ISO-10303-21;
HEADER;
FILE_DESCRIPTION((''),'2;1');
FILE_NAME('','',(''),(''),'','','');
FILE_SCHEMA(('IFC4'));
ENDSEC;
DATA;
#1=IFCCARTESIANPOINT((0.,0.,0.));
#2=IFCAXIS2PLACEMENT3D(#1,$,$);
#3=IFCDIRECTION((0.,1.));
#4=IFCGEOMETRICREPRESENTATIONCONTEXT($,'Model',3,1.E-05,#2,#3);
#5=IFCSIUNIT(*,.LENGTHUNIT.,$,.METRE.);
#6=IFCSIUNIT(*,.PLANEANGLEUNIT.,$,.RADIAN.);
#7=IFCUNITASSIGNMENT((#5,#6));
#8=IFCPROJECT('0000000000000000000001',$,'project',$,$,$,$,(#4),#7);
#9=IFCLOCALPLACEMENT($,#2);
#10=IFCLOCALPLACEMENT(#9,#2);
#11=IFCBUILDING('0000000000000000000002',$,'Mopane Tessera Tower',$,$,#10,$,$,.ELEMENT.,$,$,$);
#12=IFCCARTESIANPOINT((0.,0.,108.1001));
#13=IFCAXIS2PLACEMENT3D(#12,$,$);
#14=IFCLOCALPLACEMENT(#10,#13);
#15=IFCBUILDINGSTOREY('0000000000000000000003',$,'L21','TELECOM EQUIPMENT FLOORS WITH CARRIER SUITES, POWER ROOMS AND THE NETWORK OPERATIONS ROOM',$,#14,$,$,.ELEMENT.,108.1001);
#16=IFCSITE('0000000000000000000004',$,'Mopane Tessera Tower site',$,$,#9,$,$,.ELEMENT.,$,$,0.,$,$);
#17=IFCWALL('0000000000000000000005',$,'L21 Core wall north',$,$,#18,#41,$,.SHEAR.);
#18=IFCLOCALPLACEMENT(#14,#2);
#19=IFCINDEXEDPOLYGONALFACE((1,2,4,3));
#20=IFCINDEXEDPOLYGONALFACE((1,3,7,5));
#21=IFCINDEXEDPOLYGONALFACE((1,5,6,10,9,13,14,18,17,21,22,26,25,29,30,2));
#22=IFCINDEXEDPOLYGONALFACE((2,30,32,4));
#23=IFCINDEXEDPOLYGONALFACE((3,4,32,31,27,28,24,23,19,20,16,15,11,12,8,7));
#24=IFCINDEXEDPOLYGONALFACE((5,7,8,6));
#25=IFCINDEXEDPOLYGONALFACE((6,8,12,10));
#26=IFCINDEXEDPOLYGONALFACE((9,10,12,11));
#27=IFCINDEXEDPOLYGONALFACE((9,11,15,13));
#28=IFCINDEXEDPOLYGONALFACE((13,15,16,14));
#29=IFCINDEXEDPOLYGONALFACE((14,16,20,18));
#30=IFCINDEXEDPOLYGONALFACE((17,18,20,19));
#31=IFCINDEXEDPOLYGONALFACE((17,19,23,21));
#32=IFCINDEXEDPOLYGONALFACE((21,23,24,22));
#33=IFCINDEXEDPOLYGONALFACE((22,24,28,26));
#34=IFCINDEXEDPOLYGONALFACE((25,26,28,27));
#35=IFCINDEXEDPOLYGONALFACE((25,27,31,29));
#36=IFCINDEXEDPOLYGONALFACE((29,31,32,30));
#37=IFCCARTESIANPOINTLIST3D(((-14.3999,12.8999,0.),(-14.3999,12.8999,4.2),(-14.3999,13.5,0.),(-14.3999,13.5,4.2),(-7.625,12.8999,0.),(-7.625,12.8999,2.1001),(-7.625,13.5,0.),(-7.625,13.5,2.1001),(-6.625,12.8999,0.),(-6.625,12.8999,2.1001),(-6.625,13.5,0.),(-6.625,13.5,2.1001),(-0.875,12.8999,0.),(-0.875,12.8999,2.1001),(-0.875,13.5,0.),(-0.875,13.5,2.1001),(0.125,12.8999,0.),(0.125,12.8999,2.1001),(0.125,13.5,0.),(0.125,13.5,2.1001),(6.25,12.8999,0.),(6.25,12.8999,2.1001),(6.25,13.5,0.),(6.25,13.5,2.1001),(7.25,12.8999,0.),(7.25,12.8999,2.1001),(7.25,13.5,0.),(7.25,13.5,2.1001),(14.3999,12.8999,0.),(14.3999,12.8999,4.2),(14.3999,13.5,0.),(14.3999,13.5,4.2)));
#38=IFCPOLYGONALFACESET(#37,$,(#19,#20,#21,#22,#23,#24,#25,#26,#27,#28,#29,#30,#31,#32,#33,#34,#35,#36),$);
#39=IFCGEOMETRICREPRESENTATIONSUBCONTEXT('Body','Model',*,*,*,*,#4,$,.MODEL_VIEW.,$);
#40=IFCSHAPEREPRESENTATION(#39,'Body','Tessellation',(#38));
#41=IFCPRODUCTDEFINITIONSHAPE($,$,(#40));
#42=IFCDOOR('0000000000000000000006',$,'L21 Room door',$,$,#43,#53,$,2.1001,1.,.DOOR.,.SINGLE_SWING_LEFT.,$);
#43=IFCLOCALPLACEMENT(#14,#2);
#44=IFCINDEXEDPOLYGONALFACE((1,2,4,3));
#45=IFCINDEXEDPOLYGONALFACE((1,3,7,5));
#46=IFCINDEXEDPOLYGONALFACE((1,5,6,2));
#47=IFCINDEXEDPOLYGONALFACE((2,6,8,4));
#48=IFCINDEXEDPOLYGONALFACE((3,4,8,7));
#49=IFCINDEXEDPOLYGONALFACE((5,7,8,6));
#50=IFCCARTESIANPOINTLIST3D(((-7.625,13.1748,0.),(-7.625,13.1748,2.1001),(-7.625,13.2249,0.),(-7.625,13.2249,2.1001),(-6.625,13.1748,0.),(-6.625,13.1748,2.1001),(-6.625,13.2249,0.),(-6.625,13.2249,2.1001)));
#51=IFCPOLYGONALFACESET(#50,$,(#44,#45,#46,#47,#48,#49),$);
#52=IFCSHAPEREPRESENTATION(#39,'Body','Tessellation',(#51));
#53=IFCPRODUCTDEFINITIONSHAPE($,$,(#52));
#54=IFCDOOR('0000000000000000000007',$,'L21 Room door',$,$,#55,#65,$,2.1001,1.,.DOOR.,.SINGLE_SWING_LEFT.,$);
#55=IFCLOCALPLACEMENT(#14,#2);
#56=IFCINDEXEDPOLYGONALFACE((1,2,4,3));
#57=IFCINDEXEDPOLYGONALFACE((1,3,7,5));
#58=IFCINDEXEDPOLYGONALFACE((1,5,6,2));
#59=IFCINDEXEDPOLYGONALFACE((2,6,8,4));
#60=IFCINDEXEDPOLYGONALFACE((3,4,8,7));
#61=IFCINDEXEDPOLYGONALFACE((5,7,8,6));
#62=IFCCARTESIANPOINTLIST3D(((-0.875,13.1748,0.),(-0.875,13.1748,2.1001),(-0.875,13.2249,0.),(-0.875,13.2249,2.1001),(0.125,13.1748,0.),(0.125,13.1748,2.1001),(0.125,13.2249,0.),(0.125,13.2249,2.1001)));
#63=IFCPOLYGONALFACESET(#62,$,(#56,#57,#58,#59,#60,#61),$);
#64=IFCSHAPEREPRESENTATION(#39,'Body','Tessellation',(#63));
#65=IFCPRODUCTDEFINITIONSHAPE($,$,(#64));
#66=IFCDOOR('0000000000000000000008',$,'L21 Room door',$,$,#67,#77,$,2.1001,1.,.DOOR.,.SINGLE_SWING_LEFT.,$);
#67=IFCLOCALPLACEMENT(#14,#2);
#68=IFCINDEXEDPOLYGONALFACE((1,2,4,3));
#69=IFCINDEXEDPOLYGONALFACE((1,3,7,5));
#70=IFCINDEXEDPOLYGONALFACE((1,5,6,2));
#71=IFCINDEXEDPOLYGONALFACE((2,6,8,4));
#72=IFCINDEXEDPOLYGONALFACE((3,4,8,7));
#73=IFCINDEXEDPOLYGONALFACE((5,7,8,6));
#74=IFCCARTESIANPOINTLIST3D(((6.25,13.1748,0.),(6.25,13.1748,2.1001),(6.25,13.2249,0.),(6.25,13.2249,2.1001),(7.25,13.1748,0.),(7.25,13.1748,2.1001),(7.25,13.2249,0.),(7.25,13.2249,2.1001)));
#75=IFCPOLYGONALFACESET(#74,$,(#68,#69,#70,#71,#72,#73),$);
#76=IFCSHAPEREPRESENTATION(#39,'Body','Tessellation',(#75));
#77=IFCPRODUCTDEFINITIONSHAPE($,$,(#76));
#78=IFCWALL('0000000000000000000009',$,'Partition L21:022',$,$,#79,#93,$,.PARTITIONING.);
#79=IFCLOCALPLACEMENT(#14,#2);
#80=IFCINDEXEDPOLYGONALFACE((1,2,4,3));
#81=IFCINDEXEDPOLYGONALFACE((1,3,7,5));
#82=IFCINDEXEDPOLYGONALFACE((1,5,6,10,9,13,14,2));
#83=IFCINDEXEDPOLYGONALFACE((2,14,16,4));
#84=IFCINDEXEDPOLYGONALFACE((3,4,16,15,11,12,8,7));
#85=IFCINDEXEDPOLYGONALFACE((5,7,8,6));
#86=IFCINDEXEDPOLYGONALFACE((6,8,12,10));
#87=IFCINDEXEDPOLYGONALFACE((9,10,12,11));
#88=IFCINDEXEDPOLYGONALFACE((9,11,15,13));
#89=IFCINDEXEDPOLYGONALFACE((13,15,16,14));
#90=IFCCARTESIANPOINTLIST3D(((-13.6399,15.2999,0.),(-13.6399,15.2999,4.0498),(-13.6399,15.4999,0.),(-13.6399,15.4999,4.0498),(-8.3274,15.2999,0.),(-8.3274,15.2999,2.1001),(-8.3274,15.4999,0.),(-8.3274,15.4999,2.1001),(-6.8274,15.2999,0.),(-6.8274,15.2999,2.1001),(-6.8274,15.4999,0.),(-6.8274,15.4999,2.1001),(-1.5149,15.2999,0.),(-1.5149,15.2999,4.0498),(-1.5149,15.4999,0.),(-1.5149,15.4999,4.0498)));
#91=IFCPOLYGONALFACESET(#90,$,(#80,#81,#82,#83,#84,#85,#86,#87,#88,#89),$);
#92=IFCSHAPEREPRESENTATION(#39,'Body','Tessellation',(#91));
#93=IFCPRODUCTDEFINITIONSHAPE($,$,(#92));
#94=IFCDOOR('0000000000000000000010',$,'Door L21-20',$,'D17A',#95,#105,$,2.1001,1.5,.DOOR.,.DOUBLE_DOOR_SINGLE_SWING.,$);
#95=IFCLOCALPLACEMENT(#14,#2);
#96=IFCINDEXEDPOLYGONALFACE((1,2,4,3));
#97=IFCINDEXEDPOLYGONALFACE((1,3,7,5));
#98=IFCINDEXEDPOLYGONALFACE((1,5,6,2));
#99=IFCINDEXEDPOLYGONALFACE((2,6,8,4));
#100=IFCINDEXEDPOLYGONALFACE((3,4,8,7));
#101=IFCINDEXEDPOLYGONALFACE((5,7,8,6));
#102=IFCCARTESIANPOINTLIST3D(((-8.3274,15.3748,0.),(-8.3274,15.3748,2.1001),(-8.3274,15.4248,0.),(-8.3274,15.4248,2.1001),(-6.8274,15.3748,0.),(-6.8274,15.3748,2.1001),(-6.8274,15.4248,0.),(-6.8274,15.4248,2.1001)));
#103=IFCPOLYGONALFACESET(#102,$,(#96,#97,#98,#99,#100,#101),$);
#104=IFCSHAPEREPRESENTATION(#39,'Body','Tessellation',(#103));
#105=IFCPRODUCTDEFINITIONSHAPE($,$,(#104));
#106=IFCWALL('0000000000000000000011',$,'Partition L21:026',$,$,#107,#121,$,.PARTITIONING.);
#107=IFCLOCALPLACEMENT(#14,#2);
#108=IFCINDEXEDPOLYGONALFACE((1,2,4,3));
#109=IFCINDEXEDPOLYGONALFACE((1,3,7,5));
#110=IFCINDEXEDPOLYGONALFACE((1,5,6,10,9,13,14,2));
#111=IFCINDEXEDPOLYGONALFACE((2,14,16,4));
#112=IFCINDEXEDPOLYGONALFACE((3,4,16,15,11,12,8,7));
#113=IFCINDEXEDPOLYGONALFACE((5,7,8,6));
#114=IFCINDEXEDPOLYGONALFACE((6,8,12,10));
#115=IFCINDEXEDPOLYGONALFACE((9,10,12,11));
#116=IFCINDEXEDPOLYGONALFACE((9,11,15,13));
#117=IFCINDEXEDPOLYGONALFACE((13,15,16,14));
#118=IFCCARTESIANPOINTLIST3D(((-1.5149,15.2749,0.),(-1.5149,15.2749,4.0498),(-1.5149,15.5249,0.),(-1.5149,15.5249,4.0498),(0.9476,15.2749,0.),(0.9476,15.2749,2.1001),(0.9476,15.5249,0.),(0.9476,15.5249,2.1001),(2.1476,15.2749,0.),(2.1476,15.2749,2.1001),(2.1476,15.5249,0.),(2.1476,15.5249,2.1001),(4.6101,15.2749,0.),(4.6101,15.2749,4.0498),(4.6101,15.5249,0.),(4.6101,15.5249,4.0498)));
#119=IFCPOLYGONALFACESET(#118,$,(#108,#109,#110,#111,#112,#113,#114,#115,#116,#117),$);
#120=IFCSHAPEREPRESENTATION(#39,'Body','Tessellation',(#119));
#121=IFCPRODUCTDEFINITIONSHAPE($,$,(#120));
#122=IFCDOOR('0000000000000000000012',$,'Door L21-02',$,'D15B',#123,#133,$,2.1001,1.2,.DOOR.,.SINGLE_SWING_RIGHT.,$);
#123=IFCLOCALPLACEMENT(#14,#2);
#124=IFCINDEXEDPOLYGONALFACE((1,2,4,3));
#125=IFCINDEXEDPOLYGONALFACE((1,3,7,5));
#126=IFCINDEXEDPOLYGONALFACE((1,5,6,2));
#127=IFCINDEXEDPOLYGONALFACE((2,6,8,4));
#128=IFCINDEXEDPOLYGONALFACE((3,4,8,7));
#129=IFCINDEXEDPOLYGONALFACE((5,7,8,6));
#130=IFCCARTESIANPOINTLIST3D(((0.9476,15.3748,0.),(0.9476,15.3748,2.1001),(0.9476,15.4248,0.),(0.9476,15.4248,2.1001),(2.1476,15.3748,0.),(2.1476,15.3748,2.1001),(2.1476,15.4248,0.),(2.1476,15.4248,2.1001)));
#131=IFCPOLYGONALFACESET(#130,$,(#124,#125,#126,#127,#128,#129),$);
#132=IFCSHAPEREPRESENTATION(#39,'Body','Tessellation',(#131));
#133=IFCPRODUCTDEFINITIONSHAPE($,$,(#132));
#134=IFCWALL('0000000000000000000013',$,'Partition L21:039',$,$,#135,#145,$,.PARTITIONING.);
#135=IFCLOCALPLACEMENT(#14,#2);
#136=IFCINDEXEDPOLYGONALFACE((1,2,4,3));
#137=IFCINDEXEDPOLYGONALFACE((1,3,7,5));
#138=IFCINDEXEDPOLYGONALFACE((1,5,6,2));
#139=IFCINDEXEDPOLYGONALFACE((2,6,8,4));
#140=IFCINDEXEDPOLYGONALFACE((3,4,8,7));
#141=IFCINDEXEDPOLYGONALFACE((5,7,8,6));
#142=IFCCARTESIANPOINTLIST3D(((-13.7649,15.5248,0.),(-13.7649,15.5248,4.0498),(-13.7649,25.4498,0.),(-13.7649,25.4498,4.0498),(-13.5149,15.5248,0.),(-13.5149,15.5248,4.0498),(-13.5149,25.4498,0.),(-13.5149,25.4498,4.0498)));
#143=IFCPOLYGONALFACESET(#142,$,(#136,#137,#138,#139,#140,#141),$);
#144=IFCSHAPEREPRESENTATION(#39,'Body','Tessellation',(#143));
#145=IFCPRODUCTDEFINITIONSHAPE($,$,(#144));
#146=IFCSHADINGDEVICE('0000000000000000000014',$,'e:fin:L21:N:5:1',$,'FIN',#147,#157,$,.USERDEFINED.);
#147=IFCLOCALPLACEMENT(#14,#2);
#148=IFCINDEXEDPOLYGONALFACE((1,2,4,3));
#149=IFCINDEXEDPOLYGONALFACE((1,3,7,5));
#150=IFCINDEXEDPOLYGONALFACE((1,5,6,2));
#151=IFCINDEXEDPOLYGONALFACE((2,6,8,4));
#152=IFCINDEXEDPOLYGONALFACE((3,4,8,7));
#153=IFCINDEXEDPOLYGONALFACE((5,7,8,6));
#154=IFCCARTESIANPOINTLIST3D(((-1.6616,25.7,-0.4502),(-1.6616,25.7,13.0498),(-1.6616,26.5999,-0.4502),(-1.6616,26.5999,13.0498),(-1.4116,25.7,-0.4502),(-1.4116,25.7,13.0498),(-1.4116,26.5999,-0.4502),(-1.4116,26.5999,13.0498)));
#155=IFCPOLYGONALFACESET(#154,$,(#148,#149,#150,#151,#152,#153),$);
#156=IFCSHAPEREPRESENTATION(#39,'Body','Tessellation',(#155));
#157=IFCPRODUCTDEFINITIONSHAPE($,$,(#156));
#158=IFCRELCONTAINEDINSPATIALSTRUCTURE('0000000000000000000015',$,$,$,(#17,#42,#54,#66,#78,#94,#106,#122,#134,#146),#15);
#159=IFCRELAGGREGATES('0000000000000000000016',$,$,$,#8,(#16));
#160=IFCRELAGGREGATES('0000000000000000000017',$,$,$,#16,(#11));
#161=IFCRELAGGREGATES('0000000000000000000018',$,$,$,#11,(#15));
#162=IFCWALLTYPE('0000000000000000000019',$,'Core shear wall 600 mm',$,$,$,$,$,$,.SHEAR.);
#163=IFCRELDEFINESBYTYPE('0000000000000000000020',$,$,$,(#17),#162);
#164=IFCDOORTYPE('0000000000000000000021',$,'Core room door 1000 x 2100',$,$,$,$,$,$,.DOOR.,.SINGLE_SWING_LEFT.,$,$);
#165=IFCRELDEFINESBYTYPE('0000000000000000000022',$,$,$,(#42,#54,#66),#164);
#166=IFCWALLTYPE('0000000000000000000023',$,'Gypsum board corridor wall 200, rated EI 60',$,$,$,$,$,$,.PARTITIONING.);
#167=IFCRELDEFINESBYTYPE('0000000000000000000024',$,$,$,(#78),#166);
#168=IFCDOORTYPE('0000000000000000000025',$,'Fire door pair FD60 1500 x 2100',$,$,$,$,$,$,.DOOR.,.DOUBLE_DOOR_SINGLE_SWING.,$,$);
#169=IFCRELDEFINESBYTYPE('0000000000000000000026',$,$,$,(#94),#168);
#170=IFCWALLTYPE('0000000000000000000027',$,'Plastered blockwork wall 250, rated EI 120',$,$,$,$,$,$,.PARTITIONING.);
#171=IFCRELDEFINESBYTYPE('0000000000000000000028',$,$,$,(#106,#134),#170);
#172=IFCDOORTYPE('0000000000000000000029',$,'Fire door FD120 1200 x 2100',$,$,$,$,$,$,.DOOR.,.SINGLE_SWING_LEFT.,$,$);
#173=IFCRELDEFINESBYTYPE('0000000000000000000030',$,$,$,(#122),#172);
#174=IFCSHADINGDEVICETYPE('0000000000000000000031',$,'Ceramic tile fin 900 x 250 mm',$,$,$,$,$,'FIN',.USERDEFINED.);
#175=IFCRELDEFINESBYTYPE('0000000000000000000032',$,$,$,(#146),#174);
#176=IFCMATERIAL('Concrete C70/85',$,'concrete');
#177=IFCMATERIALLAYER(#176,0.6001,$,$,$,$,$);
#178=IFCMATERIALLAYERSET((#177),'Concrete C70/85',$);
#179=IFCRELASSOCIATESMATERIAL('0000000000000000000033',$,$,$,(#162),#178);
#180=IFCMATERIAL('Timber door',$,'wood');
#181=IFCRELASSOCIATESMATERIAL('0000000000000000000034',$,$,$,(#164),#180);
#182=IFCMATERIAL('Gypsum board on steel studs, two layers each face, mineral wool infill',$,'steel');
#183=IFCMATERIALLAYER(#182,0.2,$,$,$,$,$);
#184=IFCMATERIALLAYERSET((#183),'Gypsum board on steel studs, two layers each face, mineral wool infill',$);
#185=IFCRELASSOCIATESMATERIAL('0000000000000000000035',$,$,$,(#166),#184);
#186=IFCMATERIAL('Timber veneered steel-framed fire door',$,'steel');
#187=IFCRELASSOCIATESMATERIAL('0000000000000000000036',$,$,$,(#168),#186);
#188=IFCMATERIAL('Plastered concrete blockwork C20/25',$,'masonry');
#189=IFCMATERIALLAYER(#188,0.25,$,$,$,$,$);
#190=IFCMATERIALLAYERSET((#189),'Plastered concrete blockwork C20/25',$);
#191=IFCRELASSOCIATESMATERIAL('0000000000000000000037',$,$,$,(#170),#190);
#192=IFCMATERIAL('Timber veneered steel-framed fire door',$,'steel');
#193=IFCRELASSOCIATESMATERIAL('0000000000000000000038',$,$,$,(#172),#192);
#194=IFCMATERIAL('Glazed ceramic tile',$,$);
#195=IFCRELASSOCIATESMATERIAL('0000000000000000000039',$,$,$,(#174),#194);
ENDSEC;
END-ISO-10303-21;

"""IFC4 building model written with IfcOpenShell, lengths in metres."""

from ifc_helpers import new_model, si_unit, direction, frame, frame_2d, origin, origin_2d, place, context, subcontext, project, spatial, rectangle, extrude, material, layer, layer_set, type_object, element, fill, save


model = new_model("IFC4")

# Units and contexts
model_context = context("Model", 3, precision=1e-05, world=origin(), true_north=direction((0.0, 1.0)))
body_context = subcontext(model_context, "Body", "Model", "MODEL_VIEW")
ifc_project = project(units=[si_unit("LENGTHUNIT", "METRE"), si_unit("PLANEANGLEUNIT", "RADIAN")], contexts=[model_context])

# Site, building, storey
site_placement = place(None, origin())
site = spatial("IfcSite", under=ifc_project, at=site_placement, Name="Mopane Tessera Tower site", CompositionType="ELEMENT", RefElevation=0.0)
building_placement = place(site_placement, origin())
building = spatial("IfcBuilding", under=site, at=building_placement, Name="Mopane Tessera Tower", CompositionType="ELEMENT")
storey_placement = place(building_placement, frame((0.0, 0.0, 108.1001)))
storey = spatial("IfcBuildingStorey", under=building, at=storey_placement, Name="L21", Description="TELECOM EQUIPMENT FLOORS WITH CARRIER SUITES, POWER ROOMS AND THE NETWORK OPERATIONS ROOM", CompositionType="ELEMENT", Elevation=108.1001)

# Wall, openings, doors
ifc_material_1 = material(Name="Concrete C70/85", Category="concrete")
ifc_layer_1 = layer(ifc_material_1, 0.6001)
ifc_layer_set_1 = layer_set([ifc_layer_1], Name="Concrete C70/85")
wall_type_1 = type_object("IfcWallType", Name="Core shear wall 600 mm", PredefinedType="SHEAR", material=ifc_layer_set_1)
wall_1_placement = place(storey_placement, frame((-14.3999, 13.2, 0.0), z_axis=(0.0, 0.0, 1.0), x_axis=(1.0, 0.0, 0.0)))
wall_1 = element("IfcWall", 1, at=wall_1_placement, inside=storey, type_object=wall_type_1, Name="L21 Core wall north", PredefinedType="SHEAR", context=body_context, shape_type="SweptSolid", body=[
    extrude(rectangle(XDim=28.7998, YDim=0.6001, at=frame_2d((14.3999, 0.0))), origin(), (0.0, 0.0, 1.0), 4.2),
])
opening_1_placement = place(wall_1_placement, frame((6.7749, 0.0, 0.0)))
opening_1 = element("IfcOpeningElement", 2, at=opening_1_placement, cuts=wall_1, PredefinedType="OPENING", context=body_context, shape_type="SweptSolid", body=[
    extrude(rectangle(XDim=1.0, YDim=2.1001, at=frame_2d((0.5, 1.05))), frame((0.0, 0.312, 0.0), z_axis=(0.0, -1.0, 0.0), x_axis=(1.0, 0.0, 0.0)), (0.0, 0.0, 1.0), 0.624),
])
opening_2_placement = place(wall_1_placement, frame((13.5249, 0.0, 0.0)))
opening_2 = element("IfcOpeningElement", 3, at=opening_2_placement, cuts=wall_1, PredefinedType="OPENING", context=body_context, shape_type="SweptSolid", body=[
    extrude(rectangle(XDim=1.0, YDim=2.1001, at=frame_2d((0.5, 1.05))), frame((0.0, 0.312, 0.0), z_axis=(0.0, -1.0, 0.0), x_axis=(1.0, 0.0, 0.0)), (0.0, 0.0, 1.0), 0.624),
])
opening_3_placement = place(wall_1_placement, frame((20.6499, 0.0, 0.0)))
opening_3 = element("IfcOpeningElement", 4, at=opening_3_placement, cuts=wall_1, PredefinedType="OPENING", context=body_context, shape_type="SweptSolid", body=[
    extrude(rectangle(XDim=1.0, YDim=2.1001, at=frame_2d((0.5, 1.05))), frame((0.0, 0.312, 0.0), z_axis=(0.0, -1.0, 0.0), x_axis=(1.0, 0.0, 0.0)), (0.0, 0.0, 1.0), 0.624),
])
ifc_material_2 = material(Name="Timber door", Category="wood")
door_type_1 = type_object("IfcDoorType", Name="Core room door 1000 x 2100", OperationType="SINGLE_SWING_LEFT", PredefinedType="DOOR", material=ifc_material_2)
door_1_placement = place(opening_1_placement, origin())
door_1 = element("IfcDoor", 5, at=door_1_placement, inside=storey, type_object=door_type_1, Name="L21 Room door", OperationType="SINGLE_SWING_LEFT", OverallHeight=2.1001, OverallWidth=1.0, PredefinedType="DOOR", context=body_context, shape_type="SweptSolid", body=[
    extrude(rectangle(XDim=1.0, YDim=2.1001, at=frame_2d((0.5, 1.05))), frame((0.0, 0.0249, 0.0), z_axis=(0.0, -1.0, 0.0), x_axis=(1.0, 0.0, 0.0)), (0.0, 0.0, 1.0), 0.05),
])
fill(opening_1, door_1)
door_2_placement = place(opening_2_placement, origin())
door_2 = element("IfcDoor", 6, at=door_2_placement, inside=storey, type_object=door_type_1, Name="L21 Room door", OperationType="SINGLE_SWING_LEFT", OverallHeight=2.1001, OverallWidth=1.0, PredefinedType="DOOR", context=body_context, shape_type="SweptSolid", body=[
    extrude(rectangle(XDim=1.0, YDim=2.1001, at=frame_2d((0.5, 1.05))), frame((0.0, 0.0249, 0.0), z_axis=(0.0, -1.0, 0.0), x_axis=(1.0, 0.0, 0.0)), (0.0, 0.0, 1.0), 0.05),
])
fill(opening_2, door_2)
door_3_placement = place(opening_3_placement, origin())
door_3 = element("IfcDoor", 7, at=door_3_placement, inside=storey, type_object=door_type_1, Name="L21 Room door", OperationType="SINGLE_SWING_LEFT", OverallHeight=2.1001, OverallWidth=1.0, PredefinedType="DOOR", context=body_context, shape_type="SweptSolid", body=[
    extrude(rectangle(XDim=1.0, YDim=2.1001, at=frame_2d((0.5, 1.05))), frame((0.0, 0.0249, 0.0), z_axis=(0.0, -1.0, 0.0), x_axis=(1.0, 0.0, 0.0)), (0.0, 0.0, 1.0), 0.05),
])
fill(opening_3, door_3)

# Walls, openings, doors
ifc_material_3 = material(Name="Gypsum board on steel studs, two layers each face, mineral wool infill", Category="steel")
ifc_layer_2 = layer(ifc_material_3, 0.2)
ifc_layer_set_2 = layer_set([ifc_layer_2], Name="Gypsum board on steel studs, two layers each face, mineral wool infill")
wall_type_2 = type_object("IfcWallType", Name="Gypsum board corridor wall 200, rated EI 60", PredefinedType="PARTITIONING", material=ifc_layer_set_2)
wall_2_placement = place(storey_placement, frame((-13.6399, 15.3999, 0.0), z_axis=(0.0, 0.0, 1.0), x_axis=(1.0, 0.0, 0.0)))
wall_2 = element("IfcWall", 8, at=wall_2_placement, inside=storey, type_object=wall_type_2, Name="Partition L21:022", PredefinedType="PARTITIONING", context=body_context, shape_type="SweptSolid", body=[
    extrude(rectangle(XDim=12.125, YDim=0.2, at=frame_2d((6.0625, 0.0))), origin(), (0.0, 0.0, 1.0), 4.0498),
])
opening_4_placement = place(wall_2_placement, frame((5.3125, 0.0, 0.0)))
opening_4 = element("IfcOpeningElement", 9, at=opening_4_placement, cuts=wall_2, PredefinedType="OPENING", context=body_context, shape_type="SweptSolid", body=[
    extrude(rectangle(XDim=1.5, YDim=2.1001, at=frame_2d((0.75, 1.05))), frame((0.0, 0.1121, 0.0), z_axis=(0.0, -1.0, 0.0), x_axis=(1.0, 0.0, 0.0)), (0.0, 0.0, 1.0), 0.2239),
])
ifc_material_4 = material(Name="Timber veneered steel-framed fire door", Category="steel")
door_type_2 = type_object("IfcDoorType", Name="Fire door pair FD60 1500 x 2100", OperationType="DOUBLE_DOOR_SINGLE_SWING", PredefinedType="DOOR", material=ifc_material_4)
door_4_placement = place(opening_4_placement, origin())
door_4 = element("IfcDoor", 10, at=door_4_placement, inside=storey, type_object=door_type_2, Name="Door L21-20", ObjectType="D17A", OperationType="DOUBLE_DOOR_SINGLE_SWING", OverallHeight=2.1001, OverallWidth=1.5, PredefinedType="DOOR", context=body_context, shape_type="SweptSolid", body=[
    extrude(rectangle(XDim=1.5, YDim=2.1001, at=frame_2d((0.75, 1.05))), frame((0.0, 0.0249, 0.0), z_axis=(0.0, -1.0, 0.0), x_axis=(1.0, 0.0, 0.0)), (0.0, 0.0, 1.0), 0.05),
])
fill(opening_4, door_4)
ifc_material_5 = material(Name="Plastered concrete blockwork C20/25", Category="masonry")
ifc_layer_3 = layer(ifc_material_5, 0.25)
ifc_layer_set_3 = layer_set([ifc_layer_3], Name="Plastered concrete blockwork C20/25")
wall_type_3 = type_object("IfcWallType", Name="Plastered blockwork wall 250, rated EI 120", PredefinedType="PARTITIONING", material=ifc_layer_set_3)
wall_3_placement = place(storey_placement, frame((-1.5149, 15.3999, 0.0), z_axis=(0.0, 0.0, 1.0), x_axis=(1.0, 0.0, 0.0)))
wall_3 = element("IfcWall", 11, at=wall_3_placement, inside=storey, type_object=wall_type_3, Name="Partition L21:026", PredefinedType="PARTITIONING", context=body_context, shape_type="SweptSolid", body=[
    extrude(rectangle(XDim=6.125, YDim=0.25, at=frame_2d((3.0625, 0.0))), origin(), (0.0, 0.0, 1.0), 4.0498),
])
opening_5_placement = place(wall_3_placement, frame((2.4624, 0.0, 0.0)))
opening_5 = element("IfcOpeningElement", 12, at=opening_5_placement, cuts=wall_3, PredefinedType="OPENING", context=body_context, shape_type="SweptSolid", body=[
    extrude(rectangle(XDim=1.2, YDim=2.1001, at=frame_2d((0.6001, 1.05))), frame((0.0, 0.137, 0.0), z_axis=(0.0, -1.0, 0.0), x_axis=(1.0, 0.0, 0.0)), (0.0, 0.0, 1.0), 0.2739),
])
ifc_material_6 = material(Name="Timber veneered steel-framed fire door", Category="steel")
door_type_3 = type_object("IfcDoorType", Name="Fire door FD120 1200 x 2100", OperationType="SINGLE_SWING_LEFT", PredefinedType="DOOR", material=ifc_material_6)
door_5_placement = place(opening_5_placement, origin())
door_5 = element("IfcDoor", 13, at=door_5_placement, inside=storey, type_object=door_type_3, Name="Door L21-02", ObjectType="D15B", OperationType="SINGLE_SWING_RIGHT", OverallHeight=2.1001, OverallWidth=1.2, PredefinedType="DOOR", context=body_context, shape_type="SweptSolid", body=[
    extrude(rectangle(XDim=1.2, YDim=2.1001, at=frame_2d((0.6001, 1.05))), frame((0.0, 0.0249, 0.0), z_axis=(0.0, -1.0, 0.0), x_axis=(1.0, 0.0, 0.0)), (0.0, 0.0, 1.0), 0.05),
])
fill(opening_5, door_5)

# Wall
wall_4_placement = place(storey_placement, frame((-13.6399, 15.5249, 0.0), z_axis=(0.0, 0.0, 1.0), x_axis=(0.0, 1.0, 0.0)))
element("IfcWall", 14, at=wall_4_placement, inside=storey, type_object=wall_type_3, Name="Partition L21:039", PredefinedType="PARTITIONING", context=body_context, shape_type="SweptSolid", body=[
    extrude(rectangle(XDim=9.925, YDim=0.25, at=frame_2d((4.9624, 0.0))), origin(), (0.0, 0.0, 1.0), 4.0498),
])

# Shading device
ifc_material_7 = material(Name="Glazed ceramic tile")
shading_device_type = type_object("IfcShadingDeviceType", Name="Ceramic tile fin 900 x 250 mm", ElementType="FIN", PredefinedType="USERDEFINED", material=ifc_material_7)
for number, where, z_axis, x_axis, name in (
    (15, (-1.5366, 26.1499, -0.4502), (0.0, 0.0, 1.0), (-1.0, 0.0, 0.0), "e:fin:L21:N:5:1"),
):
    element("IfcShadingDevice", number, at=place(storey_placement, frame(where, z_axis=z_axis, x_axis=x_axis)), inside=storey, type_object=shading_device_type, Name=name, ObjectType="FIN", PredefinedType="USERDEFINED", context=body_context, shape_type="SweptSolid", body=[
        extrude(rectangle(XDim=0.25, YDim=0.8999, at=origin_2d()), origin(), (0.0, 0.0, 1.0), 13.5),
    ])

save(model, "model.ifc")
